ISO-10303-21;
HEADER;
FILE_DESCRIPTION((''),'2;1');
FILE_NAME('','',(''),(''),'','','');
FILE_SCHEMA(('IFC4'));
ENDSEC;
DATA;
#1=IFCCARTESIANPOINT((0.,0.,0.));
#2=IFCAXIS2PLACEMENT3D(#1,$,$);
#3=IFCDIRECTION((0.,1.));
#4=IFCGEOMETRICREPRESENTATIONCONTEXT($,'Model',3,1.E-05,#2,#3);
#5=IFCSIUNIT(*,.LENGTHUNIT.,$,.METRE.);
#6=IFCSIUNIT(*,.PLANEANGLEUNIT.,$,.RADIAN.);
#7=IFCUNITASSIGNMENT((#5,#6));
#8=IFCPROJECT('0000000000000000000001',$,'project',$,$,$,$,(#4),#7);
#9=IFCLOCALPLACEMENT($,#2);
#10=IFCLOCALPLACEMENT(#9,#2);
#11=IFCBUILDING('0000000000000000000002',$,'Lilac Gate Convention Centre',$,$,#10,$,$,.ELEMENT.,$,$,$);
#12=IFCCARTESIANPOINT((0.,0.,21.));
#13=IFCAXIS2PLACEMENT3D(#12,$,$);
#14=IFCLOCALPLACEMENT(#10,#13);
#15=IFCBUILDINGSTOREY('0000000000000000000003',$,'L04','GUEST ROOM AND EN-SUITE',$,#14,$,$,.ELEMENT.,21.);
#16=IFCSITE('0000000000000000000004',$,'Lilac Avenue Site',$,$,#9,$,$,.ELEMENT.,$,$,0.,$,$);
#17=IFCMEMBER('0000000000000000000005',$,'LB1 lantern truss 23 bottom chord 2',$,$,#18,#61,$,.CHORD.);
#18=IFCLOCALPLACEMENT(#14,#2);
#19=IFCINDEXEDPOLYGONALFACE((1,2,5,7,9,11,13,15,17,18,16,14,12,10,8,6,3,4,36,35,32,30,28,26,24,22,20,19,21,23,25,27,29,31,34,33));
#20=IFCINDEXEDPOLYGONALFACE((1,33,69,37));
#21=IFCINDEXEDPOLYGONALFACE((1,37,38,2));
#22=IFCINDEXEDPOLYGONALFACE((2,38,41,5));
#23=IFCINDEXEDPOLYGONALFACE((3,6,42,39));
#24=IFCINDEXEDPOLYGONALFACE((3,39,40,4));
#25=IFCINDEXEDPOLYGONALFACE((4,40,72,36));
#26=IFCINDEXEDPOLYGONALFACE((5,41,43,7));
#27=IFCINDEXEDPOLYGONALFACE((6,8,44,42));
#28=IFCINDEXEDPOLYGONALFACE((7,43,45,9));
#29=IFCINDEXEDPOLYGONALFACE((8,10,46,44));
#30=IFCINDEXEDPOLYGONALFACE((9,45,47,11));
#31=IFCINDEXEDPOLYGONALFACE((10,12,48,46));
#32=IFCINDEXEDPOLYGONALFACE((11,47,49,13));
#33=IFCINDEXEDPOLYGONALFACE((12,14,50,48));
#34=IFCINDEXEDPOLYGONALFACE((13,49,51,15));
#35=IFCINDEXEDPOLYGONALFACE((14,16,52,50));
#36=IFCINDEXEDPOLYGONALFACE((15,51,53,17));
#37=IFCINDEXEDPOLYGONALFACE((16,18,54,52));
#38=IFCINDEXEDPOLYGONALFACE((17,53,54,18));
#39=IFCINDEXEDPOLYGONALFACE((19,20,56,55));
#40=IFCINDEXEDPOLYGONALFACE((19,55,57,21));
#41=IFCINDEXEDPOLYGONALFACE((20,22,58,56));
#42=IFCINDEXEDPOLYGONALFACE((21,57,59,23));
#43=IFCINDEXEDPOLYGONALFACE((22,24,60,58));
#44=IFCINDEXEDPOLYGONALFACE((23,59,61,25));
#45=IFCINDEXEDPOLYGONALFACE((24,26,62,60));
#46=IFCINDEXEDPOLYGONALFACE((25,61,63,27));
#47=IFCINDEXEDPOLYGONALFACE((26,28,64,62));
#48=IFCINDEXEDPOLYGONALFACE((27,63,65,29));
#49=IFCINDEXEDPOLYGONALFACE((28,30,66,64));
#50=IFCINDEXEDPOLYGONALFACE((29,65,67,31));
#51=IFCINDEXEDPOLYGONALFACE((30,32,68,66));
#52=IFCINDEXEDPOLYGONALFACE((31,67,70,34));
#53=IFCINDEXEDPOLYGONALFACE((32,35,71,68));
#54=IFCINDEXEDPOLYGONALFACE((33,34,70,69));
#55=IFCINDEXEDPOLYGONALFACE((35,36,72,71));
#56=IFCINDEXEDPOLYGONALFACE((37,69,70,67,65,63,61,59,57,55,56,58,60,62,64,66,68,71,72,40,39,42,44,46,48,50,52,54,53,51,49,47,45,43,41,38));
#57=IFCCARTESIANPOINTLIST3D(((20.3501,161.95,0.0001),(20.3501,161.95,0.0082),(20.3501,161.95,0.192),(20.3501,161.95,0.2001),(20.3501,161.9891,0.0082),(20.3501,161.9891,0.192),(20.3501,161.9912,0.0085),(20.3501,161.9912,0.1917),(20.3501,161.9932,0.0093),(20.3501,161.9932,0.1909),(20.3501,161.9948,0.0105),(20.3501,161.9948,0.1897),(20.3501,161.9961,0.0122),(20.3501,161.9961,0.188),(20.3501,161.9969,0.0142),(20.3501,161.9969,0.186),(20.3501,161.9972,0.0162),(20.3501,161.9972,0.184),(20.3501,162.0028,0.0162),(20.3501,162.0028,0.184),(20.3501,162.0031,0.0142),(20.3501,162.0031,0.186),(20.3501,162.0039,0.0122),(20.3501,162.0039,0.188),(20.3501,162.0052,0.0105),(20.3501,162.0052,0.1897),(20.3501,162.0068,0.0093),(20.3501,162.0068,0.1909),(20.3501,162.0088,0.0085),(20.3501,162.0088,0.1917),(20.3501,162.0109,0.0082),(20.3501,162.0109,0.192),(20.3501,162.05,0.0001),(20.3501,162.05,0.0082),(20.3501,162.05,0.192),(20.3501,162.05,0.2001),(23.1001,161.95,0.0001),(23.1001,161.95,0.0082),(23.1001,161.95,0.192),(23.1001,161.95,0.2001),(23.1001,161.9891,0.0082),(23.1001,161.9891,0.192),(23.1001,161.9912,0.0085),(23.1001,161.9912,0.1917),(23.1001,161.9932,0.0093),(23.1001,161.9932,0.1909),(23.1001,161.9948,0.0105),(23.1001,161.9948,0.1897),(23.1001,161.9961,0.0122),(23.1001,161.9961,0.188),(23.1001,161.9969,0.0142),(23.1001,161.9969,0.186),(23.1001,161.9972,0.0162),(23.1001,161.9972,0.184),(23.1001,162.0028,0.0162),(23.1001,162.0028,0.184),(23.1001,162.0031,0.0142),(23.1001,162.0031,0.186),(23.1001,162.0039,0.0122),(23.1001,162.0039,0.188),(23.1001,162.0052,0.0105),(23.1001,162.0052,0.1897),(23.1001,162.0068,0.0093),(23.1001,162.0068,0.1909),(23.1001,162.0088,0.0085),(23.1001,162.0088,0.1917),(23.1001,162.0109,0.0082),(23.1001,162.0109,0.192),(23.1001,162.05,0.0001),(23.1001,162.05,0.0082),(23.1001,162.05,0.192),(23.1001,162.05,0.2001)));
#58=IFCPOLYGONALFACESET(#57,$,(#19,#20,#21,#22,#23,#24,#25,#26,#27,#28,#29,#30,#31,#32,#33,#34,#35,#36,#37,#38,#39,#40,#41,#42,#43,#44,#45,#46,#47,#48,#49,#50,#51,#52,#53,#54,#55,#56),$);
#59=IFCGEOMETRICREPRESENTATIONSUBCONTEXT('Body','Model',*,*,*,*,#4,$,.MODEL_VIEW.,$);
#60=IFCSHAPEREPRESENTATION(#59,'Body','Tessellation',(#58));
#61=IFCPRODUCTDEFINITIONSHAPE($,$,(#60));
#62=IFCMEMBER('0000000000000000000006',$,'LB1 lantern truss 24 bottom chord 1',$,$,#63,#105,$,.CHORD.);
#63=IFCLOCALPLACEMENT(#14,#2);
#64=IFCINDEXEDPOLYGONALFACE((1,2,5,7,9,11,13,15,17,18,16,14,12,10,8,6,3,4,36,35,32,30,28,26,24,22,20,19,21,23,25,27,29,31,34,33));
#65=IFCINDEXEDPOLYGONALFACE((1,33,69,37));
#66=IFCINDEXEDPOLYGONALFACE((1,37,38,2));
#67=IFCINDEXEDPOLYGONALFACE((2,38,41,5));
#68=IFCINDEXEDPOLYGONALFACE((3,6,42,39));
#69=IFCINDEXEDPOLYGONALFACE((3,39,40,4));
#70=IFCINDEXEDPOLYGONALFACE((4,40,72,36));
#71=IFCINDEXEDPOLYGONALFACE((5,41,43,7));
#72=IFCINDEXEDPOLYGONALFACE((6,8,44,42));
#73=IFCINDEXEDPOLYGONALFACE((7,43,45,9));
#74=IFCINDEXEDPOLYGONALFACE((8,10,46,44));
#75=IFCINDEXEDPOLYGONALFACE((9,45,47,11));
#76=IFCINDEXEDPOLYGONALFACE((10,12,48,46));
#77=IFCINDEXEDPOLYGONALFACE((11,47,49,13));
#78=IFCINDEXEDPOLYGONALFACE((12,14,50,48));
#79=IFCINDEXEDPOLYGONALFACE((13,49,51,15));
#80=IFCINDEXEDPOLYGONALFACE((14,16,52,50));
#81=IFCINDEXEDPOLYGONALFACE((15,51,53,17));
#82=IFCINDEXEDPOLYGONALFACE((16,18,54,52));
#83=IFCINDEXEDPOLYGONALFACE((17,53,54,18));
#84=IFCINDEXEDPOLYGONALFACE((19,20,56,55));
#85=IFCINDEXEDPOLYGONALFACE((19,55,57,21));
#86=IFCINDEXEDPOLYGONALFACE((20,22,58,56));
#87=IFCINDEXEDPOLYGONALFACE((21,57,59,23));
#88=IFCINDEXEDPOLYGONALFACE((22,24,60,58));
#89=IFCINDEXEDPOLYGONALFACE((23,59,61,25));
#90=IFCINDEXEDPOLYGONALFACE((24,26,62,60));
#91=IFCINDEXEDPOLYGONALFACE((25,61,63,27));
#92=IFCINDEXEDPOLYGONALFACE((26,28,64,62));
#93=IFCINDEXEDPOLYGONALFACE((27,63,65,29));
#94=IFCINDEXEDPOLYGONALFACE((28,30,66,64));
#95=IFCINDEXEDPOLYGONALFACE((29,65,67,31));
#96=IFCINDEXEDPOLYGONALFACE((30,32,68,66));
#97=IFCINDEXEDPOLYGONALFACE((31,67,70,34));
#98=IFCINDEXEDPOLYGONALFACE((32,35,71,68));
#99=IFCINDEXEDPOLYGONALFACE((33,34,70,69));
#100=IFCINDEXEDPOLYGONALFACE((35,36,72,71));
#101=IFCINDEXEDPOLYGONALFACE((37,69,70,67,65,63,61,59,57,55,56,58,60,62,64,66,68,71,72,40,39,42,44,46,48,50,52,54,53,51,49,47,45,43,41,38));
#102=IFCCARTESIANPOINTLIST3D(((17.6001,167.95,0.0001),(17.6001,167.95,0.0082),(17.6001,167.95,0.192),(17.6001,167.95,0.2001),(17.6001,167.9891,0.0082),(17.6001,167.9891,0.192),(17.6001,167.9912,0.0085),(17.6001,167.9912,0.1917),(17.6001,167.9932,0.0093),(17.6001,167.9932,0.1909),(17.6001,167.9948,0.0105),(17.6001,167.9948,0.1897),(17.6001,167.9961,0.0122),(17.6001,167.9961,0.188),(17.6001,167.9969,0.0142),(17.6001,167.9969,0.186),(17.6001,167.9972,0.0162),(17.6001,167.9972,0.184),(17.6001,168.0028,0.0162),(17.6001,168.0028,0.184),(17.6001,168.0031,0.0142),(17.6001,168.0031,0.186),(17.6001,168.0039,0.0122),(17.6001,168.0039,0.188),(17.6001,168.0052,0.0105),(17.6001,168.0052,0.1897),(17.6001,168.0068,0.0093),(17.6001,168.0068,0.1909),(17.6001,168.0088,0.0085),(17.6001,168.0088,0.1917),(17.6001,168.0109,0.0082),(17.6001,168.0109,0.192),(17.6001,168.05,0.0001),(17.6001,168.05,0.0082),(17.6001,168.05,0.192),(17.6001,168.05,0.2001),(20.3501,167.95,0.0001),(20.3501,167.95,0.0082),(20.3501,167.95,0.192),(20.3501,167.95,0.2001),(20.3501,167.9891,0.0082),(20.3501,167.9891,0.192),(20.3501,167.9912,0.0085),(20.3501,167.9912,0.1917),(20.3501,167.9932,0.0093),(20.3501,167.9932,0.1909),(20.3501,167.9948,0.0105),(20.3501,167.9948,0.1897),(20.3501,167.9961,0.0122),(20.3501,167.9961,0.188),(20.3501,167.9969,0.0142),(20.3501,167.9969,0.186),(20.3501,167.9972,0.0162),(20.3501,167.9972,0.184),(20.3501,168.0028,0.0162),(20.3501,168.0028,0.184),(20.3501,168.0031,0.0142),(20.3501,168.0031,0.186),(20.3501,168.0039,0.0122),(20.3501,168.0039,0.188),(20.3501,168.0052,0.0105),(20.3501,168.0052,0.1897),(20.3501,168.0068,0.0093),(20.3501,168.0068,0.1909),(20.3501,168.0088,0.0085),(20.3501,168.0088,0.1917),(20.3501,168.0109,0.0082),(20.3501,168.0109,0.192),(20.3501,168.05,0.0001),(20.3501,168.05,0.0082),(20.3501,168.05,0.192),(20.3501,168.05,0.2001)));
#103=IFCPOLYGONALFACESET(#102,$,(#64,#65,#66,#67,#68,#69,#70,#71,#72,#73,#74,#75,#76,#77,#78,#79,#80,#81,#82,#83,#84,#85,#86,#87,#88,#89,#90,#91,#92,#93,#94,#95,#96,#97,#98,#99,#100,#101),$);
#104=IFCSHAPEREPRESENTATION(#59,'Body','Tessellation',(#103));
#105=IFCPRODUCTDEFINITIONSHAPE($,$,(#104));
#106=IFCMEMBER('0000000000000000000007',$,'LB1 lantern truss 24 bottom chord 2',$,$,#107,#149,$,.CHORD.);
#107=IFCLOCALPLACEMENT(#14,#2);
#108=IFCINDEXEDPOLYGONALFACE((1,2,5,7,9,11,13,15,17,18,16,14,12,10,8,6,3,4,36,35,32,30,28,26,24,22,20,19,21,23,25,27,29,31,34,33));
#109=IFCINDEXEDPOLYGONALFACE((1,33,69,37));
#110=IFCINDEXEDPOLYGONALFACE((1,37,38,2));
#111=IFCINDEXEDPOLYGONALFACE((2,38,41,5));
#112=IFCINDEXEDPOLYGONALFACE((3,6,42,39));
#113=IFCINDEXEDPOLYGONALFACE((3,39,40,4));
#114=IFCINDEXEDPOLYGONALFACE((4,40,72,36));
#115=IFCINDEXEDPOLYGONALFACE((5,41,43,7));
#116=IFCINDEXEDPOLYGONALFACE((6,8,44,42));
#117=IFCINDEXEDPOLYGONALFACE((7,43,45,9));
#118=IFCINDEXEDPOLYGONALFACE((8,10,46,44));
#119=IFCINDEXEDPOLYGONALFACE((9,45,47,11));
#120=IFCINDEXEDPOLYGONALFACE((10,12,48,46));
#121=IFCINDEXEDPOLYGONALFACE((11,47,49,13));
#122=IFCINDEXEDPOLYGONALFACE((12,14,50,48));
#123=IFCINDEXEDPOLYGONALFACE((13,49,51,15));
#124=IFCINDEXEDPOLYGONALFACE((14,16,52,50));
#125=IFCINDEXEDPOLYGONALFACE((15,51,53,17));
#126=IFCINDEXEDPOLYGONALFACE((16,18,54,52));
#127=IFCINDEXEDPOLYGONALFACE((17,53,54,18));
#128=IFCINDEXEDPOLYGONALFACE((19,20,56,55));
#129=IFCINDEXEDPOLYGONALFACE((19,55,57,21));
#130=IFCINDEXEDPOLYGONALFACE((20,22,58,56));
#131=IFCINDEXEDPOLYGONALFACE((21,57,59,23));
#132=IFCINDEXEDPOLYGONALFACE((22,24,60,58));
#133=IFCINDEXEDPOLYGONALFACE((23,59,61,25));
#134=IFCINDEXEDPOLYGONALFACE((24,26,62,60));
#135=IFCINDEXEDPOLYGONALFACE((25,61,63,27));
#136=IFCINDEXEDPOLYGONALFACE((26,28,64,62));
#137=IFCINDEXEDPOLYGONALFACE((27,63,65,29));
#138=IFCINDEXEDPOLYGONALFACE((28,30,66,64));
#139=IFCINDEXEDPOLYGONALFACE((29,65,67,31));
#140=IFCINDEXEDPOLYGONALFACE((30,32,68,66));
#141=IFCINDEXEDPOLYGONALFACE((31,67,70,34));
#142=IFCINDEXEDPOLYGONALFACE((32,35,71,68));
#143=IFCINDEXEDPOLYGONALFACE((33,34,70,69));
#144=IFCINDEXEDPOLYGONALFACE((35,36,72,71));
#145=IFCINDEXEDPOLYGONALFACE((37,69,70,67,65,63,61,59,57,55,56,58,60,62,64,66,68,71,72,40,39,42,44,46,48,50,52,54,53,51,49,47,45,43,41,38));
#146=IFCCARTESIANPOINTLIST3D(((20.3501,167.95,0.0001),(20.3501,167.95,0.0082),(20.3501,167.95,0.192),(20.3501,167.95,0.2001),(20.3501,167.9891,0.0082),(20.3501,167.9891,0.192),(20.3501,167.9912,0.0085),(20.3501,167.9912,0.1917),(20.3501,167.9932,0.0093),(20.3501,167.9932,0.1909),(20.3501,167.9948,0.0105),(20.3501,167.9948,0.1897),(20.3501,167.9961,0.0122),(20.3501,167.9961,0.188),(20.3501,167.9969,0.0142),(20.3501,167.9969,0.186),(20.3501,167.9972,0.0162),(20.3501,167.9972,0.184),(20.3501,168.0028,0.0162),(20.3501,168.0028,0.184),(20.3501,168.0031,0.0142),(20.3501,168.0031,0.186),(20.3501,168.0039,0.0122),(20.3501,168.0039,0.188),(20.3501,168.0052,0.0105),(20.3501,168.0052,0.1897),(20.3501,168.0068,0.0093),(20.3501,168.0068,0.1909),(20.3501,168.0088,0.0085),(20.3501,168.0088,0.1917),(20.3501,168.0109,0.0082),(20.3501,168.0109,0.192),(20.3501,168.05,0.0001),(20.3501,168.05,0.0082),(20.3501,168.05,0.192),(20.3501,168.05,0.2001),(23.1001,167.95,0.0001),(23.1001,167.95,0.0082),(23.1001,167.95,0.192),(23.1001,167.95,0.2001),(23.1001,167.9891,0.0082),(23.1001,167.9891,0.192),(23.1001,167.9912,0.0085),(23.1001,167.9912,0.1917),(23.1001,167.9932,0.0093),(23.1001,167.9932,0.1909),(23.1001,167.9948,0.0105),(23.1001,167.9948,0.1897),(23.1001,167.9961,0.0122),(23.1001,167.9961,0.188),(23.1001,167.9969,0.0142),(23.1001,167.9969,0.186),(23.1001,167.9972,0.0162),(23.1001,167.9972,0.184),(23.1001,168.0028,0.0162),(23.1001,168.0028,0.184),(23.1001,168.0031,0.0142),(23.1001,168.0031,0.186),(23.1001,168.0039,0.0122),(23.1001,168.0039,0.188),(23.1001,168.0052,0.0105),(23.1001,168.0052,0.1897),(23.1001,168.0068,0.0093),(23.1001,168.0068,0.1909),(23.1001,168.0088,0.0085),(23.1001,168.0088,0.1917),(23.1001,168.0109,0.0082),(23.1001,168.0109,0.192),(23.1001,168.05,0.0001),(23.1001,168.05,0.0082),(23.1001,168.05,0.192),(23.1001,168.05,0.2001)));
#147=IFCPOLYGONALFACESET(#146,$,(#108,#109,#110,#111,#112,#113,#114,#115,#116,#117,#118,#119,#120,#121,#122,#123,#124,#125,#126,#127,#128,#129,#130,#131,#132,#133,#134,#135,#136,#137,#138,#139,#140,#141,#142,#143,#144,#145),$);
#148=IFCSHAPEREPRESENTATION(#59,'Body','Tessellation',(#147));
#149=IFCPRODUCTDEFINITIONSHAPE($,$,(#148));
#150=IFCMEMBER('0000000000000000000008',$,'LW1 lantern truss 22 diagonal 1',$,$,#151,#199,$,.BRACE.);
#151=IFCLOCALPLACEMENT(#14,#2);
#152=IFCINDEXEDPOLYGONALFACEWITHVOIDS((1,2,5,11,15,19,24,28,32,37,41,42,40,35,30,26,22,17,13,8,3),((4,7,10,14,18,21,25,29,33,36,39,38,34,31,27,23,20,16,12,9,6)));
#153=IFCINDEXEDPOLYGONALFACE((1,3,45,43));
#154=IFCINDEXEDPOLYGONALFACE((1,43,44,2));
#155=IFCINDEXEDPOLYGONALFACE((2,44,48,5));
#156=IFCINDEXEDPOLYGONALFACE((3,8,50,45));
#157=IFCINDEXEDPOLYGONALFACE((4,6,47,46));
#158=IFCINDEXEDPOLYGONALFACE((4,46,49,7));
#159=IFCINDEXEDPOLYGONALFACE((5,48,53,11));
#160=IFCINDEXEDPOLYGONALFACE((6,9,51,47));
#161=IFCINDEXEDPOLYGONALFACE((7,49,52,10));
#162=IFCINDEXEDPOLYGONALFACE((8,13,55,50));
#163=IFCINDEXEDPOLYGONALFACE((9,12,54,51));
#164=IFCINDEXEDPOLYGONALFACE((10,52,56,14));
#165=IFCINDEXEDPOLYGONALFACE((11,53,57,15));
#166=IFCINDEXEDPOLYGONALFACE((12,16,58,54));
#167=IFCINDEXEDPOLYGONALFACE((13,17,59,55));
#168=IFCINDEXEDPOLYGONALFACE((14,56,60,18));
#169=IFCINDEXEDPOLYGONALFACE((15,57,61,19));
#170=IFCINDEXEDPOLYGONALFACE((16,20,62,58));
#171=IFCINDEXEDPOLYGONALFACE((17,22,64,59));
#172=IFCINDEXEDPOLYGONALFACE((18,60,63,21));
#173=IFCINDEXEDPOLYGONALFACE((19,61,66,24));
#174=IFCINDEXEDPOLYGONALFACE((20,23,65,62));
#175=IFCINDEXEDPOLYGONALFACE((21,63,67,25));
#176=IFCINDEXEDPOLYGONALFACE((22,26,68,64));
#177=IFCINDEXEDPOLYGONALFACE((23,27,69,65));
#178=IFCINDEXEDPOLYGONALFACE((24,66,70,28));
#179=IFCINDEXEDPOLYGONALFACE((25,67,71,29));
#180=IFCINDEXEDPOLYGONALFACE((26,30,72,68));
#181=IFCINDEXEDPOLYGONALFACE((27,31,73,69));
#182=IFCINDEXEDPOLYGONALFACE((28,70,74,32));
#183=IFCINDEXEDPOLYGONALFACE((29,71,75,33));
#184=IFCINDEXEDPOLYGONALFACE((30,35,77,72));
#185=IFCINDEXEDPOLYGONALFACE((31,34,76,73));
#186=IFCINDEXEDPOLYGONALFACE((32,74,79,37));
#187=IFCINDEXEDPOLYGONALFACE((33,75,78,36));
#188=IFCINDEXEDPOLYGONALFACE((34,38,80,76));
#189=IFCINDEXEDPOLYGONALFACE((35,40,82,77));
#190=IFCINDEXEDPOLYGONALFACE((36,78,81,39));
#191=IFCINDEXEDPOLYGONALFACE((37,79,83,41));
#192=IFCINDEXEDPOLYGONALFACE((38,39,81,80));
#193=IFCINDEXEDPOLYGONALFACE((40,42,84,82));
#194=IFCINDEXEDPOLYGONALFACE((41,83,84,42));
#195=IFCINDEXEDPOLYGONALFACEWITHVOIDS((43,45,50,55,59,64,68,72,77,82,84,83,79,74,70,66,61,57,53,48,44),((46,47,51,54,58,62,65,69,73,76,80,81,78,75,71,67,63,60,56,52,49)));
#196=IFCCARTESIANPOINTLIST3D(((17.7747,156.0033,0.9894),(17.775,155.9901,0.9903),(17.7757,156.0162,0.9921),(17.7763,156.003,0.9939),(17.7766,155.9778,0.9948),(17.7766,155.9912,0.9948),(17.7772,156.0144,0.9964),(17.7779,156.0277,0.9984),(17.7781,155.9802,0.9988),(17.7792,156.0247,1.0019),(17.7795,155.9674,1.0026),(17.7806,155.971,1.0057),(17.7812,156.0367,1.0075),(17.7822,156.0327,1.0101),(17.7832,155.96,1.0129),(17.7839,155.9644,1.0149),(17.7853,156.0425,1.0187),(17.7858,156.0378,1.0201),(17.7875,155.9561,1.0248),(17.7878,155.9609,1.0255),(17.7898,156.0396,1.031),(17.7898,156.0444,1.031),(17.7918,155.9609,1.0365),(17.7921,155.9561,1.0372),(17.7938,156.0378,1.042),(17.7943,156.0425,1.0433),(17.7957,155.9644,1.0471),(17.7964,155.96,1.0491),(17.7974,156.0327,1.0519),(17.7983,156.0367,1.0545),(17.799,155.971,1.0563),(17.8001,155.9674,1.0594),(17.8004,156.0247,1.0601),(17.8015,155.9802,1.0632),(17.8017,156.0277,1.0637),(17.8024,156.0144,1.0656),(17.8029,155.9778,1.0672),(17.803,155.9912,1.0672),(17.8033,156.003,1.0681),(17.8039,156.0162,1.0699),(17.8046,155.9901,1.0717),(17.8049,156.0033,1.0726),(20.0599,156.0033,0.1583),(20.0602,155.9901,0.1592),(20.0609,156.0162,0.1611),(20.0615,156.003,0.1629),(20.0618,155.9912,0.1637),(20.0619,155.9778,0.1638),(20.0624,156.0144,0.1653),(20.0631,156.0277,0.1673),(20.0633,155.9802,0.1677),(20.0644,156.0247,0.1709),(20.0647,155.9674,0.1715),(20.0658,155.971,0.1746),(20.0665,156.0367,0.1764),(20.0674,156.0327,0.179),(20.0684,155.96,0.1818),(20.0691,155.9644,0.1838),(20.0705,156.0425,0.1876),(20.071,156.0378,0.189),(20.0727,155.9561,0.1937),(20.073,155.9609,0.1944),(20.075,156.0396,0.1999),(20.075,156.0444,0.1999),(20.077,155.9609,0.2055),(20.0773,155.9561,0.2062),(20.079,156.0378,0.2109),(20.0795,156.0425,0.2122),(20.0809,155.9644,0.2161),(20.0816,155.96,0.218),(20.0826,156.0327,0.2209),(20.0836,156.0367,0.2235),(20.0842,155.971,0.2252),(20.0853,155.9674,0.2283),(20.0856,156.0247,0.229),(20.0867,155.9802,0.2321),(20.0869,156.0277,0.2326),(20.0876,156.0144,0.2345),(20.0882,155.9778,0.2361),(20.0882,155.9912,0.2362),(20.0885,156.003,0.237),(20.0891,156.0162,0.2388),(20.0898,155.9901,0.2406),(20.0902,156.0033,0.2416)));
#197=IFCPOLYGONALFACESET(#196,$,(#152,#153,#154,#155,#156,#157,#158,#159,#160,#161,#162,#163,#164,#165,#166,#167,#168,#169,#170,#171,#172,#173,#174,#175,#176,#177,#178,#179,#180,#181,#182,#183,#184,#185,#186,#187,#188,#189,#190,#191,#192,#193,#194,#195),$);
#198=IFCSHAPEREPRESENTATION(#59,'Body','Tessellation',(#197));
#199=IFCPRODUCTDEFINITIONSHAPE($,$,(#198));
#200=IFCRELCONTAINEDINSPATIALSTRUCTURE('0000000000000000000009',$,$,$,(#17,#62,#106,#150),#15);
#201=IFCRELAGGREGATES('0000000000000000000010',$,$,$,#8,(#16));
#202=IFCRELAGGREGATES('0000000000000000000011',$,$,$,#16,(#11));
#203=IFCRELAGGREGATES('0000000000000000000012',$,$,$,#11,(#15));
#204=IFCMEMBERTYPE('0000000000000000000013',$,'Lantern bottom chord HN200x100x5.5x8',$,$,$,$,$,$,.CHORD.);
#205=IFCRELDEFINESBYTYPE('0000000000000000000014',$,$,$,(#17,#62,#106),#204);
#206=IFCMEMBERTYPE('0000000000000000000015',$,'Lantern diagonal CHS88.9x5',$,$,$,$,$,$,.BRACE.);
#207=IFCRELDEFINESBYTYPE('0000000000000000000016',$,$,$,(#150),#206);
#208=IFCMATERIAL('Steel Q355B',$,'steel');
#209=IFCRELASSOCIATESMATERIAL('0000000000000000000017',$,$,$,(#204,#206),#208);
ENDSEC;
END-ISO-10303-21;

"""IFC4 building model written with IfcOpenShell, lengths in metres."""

from ifc_helpers import new_model, si_unit, direction, frame, origin, origin_2d, place, context, subcontext, project, spatial, hollow_circle, i_section, extrude, material, material_profile, profile_set, type_object, element, save


model = new_model("IFC4")

# Units and contexts
model_context = context("Model", 3, precision=1e-05, world=origin(), true_north=direction((0.0, 1.0)))
body_context = subcontext(model_context, "Body", "Model", "MODEL_VIEW")
ifc_project = project(units=[si_unit("LENGTHUNIT", "METRE"), si_unit("PLANEANGLEUNIT", "RADIAN")], contexts=[model_context])

# Site, building, storey
site_placement = place(None, origin())
site = spatial("IfcSite", under=ifc_project, at=site_placement, Name="Lilac Avenue Site", CompositionType="ELEMENT", RefElevation=0.0)
building_placement = place(site_placement, origin())
building = spatial("IfcBuilding", under=site, at=building_placement, Name="Lilac Gate Convention Centre", CompositionType="ELEMENT")
storey_placement = place(building_placement, frame((0.0, 0.0, 21.0)))
storey = spatial("IfcBuildingStorey", under=building, at=storey_placement, Name="L04", Description="GUEST ROOM AND EN-SUITE", CompositionType="ELEMENT", Elevation=21.0)

# Members
ifc_material_1 = material(Name="Steel Q355B", Category="steel")
ifc_material_profile_1 = material_profile(ifc_material_1, i_section(OverallWidth=0.1001, OverallDepth=0.2, WebThickness=0.0056, FlangeThickness=0.0081, FilletRadius=0.0081, at=origin_2d()), Name="HN200x100x5.5x8")
ifc_profile_set_1 = profile_set([ifc_material_profile_1], Name="Steel Q355B")
member_type_1 = type_object("IfcMemberType", Name="Lantern bottom chord HN200x100x5.5x8", PredefinedType="CHORD", material=ifc_profile_set_1)
for number, where, z_axis, x_axis, name in (
    (1, (20.3501, 162.0, 0.1001), (1.0, 0.0, 0.0), (0.0, 1.0, 0.0), "LB1 lantern truss 23 bottom chord 2"),
    (2, (17.6001, 168.0, 0.1001), (1.0, 0.0, 0.0), (0.0, 1.0, 0.0), "LB1 lantern truss 24 bottom chord 1"),
    (3, (20.3501, 168.0, 0.1001), (1.0, 0.0, 0.0), (0.0, 1.0, 0.0), "LB1 lantern truss 24 bottom chord 2"),
):
    element("IfcMember", number, at=place(storey_placement, frame(where, z_axis=z_axis, x_axis=x_axis)), inside=storey, type_object=member_type_1, Name=name, PredefinedType="CHORD", context=body_context, shape_type="SweptSolid", body=[
        extrude(i_section(OverallWidth=0.1001, OverallDepth=0.2, WebThickness=0.0056, FlangeThickness=0.0081, FilletRadius=0.0081, at=origin_2d()), origin(), (0.0, 0.0, 1.0), 2.75),
    ])
ifc_material_profile_2 = material_profile(ifc_material_1, hollow_circle(Radius=0.0444, WallThickness=0.0049, at=origin_2d()), Name="CHS88.9x5")
ifc_profile_set_2 = profile_set([ifc_material_profile_2], Name="Steel Q355B")
member_type_2 = type_object("IfcMemberType", Name="Lantern diagonal CHS88.9x5", PredefinedType="BRACE", material=ifc_profile_set_2)
member_1_placement = place(storey_placement, frame((17.7898, 156.0, 1.031), z_axis=(0.939782, 0.0, -0.341775), x_axis=(0.0, 1.0, 0.0)))
element("IfcMember", 4, at=member_1_placement, inside=storey, type_object=member_type_2, Name="LW1 lantern truss 22 diagonal 1", PredefinedType="BRACE", context=body_context, shape_type="SweptSolid", body=[
    extrude(hollow_circle(Radius=0.0444, WallThickness=0.0049, at=origin_2d()), origin(), (0.0, 0.0, 1.0), 2.4316),
])

save(model, "model.ifc")
